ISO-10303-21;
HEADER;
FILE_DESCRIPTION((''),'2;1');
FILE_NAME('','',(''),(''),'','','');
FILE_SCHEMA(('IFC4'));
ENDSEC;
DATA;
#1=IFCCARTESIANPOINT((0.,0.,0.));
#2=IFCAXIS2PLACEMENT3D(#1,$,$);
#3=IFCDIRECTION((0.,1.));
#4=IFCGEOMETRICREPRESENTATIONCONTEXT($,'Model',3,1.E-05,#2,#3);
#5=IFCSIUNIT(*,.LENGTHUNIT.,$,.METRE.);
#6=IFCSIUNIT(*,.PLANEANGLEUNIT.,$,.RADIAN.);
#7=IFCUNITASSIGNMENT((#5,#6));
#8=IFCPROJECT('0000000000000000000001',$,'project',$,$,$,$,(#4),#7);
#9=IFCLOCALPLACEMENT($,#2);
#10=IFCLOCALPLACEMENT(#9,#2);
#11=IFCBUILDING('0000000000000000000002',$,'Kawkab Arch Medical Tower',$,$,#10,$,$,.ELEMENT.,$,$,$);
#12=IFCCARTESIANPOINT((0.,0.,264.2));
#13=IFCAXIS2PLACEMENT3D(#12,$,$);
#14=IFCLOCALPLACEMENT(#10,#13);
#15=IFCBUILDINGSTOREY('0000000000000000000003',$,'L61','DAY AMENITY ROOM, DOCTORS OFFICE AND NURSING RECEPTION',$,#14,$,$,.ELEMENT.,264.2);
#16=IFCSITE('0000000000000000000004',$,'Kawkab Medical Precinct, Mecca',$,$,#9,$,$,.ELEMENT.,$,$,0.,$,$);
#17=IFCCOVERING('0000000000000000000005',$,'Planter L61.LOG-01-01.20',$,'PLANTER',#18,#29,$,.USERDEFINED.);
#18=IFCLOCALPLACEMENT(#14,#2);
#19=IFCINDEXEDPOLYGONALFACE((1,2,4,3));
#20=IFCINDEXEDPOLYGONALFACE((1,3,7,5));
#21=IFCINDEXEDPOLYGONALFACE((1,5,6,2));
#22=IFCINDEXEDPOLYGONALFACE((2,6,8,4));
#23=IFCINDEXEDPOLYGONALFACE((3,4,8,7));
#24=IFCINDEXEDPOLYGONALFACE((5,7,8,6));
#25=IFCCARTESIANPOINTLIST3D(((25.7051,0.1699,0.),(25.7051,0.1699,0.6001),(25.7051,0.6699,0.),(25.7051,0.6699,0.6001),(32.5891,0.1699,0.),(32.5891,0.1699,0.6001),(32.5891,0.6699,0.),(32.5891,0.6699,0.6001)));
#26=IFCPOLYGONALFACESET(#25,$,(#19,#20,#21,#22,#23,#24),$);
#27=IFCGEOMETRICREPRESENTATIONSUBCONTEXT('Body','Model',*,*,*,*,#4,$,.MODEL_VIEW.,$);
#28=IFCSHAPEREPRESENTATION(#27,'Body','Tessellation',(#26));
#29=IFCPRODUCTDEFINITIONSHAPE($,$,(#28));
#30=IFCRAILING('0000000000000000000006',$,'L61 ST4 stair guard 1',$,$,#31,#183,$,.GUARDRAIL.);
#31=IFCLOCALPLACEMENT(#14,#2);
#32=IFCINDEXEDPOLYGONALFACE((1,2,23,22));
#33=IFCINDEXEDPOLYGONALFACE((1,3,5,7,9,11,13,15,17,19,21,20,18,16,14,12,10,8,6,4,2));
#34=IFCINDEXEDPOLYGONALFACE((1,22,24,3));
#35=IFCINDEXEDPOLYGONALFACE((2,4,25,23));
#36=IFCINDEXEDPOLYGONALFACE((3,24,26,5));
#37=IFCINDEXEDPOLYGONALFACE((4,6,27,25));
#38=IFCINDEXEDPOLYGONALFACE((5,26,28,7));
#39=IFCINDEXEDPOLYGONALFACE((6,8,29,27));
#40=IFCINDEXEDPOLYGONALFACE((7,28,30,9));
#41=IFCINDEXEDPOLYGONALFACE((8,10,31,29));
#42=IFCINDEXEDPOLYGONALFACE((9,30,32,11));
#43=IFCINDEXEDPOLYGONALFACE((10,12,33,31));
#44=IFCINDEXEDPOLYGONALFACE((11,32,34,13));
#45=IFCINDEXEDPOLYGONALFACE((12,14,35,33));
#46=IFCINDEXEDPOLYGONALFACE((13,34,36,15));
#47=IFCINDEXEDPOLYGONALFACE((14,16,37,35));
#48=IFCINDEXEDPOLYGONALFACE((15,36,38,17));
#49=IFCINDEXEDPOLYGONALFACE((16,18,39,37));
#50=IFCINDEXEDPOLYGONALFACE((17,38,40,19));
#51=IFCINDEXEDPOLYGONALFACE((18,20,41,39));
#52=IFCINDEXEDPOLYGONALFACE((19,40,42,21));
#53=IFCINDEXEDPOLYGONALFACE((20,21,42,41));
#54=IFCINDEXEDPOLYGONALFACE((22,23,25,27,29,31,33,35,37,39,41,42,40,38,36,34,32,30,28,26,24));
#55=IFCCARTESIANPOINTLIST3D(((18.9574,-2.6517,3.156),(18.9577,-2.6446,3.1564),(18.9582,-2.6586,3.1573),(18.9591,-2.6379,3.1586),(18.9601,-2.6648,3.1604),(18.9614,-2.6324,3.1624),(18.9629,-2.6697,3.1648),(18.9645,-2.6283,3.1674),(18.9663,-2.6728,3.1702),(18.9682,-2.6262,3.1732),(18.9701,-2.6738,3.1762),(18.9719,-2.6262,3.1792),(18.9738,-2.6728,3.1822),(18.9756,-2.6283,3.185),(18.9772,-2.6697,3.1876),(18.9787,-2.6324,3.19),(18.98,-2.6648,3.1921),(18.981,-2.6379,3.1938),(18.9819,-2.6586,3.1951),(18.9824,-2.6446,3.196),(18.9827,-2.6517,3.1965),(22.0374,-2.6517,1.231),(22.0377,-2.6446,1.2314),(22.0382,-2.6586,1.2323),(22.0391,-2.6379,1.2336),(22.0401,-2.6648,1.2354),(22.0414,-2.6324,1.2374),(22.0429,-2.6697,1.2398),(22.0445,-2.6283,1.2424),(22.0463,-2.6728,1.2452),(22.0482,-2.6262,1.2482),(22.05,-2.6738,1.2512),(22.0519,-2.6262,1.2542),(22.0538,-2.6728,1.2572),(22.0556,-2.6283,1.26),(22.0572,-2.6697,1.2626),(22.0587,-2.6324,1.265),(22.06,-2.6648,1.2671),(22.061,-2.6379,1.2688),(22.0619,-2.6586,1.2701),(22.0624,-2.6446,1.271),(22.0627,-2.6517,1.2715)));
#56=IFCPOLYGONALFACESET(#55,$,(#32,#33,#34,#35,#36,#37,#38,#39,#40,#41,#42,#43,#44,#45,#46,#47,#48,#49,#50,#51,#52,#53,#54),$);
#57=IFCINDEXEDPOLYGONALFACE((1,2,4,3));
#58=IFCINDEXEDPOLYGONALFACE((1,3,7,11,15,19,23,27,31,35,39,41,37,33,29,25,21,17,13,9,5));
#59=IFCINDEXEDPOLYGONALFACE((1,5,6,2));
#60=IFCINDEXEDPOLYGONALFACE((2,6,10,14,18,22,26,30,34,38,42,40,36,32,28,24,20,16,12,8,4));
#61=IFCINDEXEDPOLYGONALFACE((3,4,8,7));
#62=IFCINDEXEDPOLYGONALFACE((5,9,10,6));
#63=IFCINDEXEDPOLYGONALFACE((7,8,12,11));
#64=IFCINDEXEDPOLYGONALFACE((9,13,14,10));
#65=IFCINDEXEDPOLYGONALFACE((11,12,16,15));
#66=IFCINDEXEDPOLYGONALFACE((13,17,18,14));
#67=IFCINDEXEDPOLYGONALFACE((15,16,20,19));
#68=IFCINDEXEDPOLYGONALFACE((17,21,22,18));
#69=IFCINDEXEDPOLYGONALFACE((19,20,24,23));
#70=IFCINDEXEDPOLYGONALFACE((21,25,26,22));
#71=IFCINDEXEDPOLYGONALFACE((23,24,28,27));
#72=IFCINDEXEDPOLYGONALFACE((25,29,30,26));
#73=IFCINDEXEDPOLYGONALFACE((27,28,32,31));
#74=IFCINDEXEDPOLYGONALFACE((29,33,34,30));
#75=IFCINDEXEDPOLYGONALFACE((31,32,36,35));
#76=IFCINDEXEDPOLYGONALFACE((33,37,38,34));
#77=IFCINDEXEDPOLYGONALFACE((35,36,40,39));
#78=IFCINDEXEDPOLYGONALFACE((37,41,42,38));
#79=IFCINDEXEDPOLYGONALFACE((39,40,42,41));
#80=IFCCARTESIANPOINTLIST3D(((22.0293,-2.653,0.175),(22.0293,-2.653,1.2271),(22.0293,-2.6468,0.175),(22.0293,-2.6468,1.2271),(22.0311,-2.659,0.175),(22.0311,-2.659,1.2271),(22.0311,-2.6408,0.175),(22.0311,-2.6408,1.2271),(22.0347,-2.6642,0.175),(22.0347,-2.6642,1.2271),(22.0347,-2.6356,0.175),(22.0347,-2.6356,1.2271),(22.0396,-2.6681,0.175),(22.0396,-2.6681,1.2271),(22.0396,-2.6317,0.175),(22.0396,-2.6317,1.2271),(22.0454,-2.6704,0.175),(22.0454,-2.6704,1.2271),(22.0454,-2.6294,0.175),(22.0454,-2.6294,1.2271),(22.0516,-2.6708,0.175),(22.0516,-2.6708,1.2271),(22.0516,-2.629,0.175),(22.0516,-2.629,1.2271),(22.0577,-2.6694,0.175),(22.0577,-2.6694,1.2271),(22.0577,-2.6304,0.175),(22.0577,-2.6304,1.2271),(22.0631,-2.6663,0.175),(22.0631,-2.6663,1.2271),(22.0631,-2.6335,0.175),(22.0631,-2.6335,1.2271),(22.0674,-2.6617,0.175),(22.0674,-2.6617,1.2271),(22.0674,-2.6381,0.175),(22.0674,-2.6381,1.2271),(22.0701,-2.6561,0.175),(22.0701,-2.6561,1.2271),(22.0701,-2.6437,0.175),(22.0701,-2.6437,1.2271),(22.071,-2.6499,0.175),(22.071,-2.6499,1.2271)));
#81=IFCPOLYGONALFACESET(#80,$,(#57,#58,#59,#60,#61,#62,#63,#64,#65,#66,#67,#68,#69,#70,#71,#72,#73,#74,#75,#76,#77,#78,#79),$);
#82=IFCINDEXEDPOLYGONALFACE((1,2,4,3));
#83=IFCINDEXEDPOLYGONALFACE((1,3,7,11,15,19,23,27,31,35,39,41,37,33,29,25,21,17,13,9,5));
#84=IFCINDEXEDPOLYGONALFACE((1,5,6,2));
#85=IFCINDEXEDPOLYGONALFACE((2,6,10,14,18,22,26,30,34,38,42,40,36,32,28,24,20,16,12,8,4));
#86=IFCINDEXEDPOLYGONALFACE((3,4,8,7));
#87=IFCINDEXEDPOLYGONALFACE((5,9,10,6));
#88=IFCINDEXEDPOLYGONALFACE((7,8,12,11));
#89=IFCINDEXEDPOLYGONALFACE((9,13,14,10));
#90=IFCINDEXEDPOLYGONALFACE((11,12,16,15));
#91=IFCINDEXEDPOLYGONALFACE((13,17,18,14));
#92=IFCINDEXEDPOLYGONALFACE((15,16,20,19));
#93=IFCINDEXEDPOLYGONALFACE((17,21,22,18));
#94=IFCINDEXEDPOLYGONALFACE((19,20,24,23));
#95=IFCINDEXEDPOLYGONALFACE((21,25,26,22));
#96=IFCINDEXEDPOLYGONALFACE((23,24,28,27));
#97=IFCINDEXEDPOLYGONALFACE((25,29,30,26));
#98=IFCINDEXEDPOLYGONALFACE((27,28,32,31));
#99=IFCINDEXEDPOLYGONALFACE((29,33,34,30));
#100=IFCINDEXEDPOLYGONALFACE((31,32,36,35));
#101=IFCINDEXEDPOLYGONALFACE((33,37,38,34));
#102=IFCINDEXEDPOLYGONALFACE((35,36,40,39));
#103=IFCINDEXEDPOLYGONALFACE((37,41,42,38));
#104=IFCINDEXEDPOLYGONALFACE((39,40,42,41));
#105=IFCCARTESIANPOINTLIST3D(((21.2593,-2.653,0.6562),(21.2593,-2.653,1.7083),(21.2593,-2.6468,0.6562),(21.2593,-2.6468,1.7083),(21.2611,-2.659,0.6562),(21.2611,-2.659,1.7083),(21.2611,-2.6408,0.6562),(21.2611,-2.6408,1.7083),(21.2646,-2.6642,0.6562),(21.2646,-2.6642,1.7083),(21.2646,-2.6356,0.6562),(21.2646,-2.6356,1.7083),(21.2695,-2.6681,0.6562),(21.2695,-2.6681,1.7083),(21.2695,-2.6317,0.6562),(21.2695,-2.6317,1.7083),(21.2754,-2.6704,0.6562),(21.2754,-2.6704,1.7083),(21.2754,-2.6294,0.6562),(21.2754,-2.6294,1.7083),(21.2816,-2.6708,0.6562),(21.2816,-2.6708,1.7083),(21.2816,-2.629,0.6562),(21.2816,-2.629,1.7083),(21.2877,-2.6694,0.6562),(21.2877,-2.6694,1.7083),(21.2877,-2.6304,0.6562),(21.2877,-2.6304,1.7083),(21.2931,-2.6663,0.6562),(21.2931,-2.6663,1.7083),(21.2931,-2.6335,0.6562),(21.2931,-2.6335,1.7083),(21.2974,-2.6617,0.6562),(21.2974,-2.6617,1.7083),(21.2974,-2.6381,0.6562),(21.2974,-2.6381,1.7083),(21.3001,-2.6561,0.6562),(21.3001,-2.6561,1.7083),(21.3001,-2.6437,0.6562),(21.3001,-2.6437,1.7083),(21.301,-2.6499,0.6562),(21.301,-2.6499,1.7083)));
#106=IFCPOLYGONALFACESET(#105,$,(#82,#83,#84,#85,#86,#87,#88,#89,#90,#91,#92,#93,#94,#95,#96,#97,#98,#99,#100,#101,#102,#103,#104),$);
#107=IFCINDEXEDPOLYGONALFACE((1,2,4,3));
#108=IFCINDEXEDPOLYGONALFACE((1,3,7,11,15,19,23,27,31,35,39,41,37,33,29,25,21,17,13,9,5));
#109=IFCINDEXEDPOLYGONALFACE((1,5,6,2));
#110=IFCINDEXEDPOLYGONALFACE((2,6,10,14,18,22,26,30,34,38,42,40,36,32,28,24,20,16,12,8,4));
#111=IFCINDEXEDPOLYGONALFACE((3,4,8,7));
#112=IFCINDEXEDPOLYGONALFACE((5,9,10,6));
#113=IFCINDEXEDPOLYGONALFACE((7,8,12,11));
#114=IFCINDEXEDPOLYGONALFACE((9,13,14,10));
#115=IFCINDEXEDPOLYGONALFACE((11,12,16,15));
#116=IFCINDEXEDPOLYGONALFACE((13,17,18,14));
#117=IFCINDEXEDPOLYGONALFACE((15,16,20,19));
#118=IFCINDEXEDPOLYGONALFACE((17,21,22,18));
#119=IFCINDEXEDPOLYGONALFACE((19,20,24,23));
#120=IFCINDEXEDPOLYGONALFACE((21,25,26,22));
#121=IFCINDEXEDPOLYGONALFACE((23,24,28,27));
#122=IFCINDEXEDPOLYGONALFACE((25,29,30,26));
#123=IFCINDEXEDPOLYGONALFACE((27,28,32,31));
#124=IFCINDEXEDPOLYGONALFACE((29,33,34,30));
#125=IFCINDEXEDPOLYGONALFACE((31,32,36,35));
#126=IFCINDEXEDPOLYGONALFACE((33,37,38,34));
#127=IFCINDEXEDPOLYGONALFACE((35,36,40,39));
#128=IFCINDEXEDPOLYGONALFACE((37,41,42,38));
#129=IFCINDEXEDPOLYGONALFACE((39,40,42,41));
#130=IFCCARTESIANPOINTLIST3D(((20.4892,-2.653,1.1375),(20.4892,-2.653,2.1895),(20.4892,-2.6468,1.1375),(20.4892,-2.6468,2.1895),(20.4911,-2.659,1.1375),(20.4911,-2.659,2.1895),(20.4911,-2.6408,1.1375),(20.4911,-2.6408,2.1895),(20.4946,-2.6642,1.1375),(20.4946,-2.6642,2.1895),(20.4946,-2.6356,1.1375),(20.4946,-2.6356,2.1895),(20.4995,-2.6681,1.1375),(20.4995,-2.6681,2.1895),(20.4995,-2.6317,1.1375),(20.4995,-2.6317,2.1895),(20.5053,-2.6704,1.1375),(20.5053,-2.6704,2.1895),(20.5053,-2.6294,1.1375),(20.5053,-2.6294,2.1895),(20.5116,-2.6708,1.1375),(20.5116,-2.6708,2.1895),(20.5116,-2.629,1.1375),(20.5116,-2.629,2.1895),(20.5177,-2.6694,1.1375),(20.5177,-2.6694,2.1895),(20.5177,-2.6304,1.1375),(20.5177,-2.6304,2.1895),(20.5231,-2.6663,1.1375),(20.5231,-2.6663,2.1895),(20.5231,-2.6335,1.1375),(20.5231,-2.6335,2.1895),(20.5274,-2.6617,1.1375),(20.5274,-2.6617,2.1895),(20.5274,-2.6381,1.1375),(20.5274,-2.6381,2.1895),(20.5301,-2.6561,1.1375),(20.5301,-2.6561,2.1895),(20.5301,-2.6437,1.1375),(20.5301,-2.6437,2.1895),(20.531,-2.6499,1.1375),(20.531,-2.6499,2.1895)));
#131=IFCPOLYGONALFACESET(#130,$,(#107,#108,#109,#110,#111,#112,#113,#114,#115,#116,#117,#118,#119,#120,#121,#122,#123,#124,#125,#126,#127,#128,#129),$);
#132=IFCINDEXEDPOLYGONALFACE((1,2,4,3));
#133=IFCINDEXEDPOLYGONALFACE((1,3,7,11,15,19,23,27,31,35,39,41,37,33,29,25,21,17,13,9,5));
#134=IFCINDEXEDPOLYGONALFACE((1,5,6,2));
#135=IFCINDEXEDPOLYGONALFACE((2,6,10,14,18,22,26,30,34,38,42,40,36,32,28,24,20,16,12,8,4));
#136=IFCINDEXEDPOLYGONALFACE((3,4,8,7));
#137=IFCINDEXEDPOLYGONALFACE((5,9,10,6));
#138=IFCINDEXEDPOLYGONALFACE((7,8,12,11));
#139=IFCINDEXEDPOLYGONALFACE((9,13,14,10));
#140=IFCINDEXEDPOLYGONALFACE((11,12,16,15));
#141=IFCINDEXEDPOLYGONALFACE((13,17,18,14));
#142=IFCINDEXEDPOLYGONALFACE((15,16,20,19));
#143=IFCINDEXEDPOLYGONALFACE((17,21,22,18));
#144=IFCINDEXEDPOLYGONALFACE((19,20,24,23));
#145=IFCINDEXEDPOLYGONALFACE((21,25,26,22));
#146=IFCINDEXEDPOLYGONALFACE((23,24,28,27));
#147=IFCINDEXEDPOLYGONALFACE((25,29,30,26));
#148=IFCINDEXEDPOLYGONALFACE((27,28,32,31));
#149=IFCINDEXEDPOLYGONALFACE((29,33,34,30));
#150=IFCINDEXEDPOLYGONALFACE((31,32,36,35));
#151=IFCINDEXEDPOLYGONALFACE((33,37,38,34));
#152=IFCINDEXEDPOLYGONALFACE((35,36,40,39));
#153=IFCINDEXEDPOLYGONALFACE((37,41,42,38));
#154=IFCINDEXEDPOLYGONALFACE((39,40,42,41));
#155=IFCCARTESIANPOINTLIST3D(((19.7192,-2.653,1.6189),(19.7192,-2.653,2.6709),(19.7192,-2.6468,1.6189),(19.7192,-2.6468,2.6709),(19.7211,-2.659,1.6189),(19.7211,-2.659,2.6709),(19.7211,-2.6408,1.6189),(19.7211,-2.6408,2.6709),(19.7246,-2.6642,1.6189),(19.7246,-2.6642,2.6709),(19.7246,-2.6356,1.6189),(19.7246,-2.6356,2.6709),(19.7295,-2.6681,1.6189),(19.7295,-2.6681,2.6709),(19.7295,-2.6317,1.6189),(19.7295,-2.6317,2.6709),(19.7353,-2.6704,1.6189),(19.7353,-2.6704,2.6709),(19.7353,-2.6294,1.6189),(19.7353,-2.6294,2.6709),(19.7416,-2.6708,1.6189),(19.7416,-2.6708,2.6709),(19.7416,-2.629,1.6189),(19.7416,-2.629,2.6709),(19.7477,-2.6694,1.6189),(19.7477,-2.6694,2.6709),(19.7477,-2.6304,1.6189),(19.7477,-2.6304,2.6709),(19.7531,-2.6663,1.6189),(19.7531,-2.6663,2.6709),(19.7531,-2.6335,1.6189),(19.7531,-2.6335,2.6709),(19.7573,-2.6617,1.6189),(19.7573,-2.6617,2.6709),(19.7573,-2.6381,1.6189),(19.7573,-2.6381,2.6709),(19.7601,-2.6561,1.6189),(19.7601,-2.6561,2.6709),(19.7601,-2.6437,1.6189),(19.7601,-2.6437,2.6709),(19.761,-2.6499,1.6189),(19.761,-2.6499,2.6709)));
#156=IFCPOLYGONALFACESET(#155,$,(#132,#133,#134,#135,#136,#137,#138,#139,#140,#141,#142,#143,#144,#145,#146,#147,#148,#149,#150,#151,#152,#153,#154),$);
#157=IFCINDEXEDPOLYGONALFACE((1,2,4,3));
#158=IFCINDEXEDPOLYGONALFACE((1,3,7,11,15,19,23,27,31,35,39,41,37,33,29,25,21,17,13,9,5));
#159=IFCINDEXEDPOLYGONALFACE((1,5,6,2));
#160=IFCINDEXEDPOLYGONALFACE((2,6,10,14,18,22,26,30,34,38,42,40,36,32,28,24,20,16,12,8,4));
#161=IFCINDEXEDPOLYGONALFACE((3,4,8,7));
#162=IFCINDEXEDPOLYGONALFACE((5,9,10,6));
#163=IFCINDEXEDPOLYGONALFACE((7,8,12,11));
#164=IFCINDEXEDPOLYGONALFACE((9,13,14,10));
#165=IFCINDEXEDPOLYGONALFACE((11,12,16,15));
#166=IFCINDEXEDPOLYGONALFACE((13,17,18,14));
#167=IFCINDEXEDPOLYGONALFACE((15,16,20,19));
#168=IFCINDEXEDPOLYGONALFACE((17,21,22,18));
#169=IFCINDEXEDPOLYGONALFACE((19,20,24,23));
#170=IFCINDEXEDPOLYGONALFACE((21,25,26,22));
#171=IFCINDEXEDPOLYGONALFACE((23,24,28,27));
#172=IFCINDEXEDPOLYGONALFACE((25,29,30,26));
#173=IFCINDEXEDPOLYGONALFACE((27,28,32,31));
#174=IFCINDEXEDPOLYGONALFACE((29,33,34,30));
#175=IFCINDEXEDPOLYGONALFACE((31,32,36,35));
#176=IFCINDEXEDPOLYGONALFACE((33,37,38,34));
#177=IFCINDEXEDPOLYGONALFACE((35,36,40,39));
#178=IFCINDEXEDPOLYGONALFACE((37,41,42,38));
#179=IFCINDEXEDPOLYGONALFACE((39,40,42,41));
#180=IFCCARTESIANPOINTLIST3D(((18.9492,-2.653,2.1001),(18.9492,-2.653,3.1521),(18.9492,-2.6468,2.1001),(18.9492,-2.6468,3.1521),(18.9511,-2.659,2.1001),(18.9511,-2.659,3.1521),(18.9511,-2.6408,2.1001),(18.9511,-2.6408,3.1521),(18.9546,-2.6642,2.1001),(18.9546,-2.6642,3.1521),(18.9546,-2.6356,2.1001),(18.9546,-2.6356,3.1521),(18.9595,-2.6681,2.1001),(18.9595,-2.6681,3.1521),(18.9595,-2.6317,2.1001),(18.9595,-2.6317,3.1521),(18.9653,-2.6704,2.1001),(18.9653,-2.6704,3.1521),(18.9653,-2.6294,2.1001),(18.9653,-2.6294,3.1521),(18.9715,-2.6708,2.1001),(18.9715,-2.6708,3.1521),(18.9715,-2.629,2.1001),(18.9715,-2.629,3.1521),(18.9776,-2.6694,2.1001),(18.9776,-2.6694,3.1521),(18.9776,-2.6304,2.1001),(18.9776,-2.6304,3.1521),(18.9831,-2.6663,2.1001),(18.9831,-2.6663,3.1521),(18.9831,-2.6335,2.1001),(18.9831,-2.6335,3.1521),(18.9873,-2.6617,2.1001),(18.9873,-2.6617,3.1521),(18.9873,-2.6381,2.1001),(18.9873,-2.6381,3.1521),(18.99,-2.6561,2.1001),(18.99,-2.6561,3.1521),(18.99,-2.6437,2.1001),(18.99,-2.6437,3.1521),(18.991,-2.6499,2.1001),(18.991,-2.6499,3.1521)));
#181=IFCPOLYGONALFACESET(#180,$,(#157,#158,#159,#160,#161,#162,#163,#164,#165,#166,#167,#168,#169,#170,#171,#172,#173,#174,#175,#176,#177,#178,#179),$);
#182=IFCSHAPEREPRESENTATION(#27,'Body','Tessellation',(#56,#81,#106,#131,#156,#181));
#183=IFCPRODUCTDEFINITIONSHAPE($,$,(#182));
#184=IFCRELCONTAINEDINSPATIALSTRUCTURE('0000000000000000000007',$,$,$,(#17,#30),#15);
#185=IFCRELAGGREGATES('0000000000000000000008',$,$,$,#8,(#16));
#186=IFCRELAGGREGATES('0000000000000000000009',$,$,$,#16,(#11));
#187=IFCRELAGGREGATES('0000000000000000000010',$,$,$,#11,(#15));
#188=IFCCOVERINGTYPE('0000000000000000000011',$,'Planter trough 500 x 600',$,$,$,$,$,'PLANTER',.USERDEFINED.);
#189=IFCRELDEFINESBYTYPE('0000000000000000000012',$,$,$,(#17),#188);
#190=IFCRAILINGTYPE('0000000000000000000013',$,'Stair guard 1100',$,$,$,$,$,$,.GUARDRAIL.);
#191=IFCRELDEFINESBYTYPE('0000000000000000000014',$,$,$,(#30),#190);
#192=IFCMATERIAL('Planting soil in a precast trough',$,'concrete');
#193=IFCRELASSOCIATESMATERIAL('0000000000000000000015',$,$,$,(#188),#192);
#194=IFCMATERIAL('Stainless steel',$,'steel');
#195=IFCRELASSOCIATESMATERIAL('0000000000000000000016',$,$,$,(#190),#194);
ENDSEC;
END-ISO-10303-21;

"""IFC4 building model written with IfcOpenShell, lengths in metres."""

from ifc_helpers import new_model, si_unit, direction, frame, origin, origin_2d, place, context, subcontext, project, spatial, rectangle, circle, extrude, material, material_profile, profile_set, type_object, element, save


model = new_model("IFC4")

# Units and contexts
model_context = context("Model", 3, precision=1e-05, world=origin(), true_north=direction((0.0, 1.0)))
body_context = subcontext(model_context, "Body", "Model", "MODEL_VIEW")
ifc_project = project(units=[si_unit("LENGTHUNIT", "METRE"), si_unit("PLANEANGLEUNIT", "RADIAN")], contexts=[model_context])

# Site, building, storey
site_placement = place(None, origin())
site = spatial("IfcSite", under=ifc_project, at=site_placement, Name="Kawkab Medical Precinct, Mecca", CompositionType="ELEMENT", RefElevation=0.0)
building_placement = place(site_placement, origin())
building = spatial("IfcBuilding", under=site, at=building_placement, Name="Kawkab Arch Medical Tower", CompositionType="ELEMENT")
storey_placement = place(building_placement, frame((0.0, 0.0, 264.2)))
storey = spatial("IfcBuildingStorey", under=building, at=storey_placement, Name="L61", Description="DAY AMENITY ROOM, DOCTORS OFFICE AND NURSING RECEPTION", CompositionType="ELEMENT", Elevation=264.2)

# Covering
ifc_material_1 = material(Name="Planting soil in a precast trough", Category="concrete")
ifc_material_profile_1 = material_profile(ifc_material_1, rectangle(XDim=0.5, YDim=0.6001, at=origin_2d()), Name="Trough 500x600")
ifc_profile_set_1 = profile_set([ifc_material_profile_1], Name="Planting soil in a precast trough")
covering_type = type_object("IfcCoveringType", Name="Planter trough 500 x 600", ElementType="PLANTER", PredefinedType="USERDEFINED", material=ifc_profile_set_1)
covering_placement = place(storey_placement, frame((25.7051, 0.4199, 0.3), z_axis=(1.0, 0.0, 0.0), x_axis=(0.0, 1.0, 0.0)))
element("IfcCovering", 1, at=covering_placement, inside=storey, type_object=covering_type, Name="Planter L61.LOG-01-01.20", ObjectType="PLANTER", PredefinedType="USERDEFINED", context=body_context, shape_type="SweptSolid", body=[
    extrude(rectangle(XDim=0.5, YDim=0.6001, at=origin_2d()), origin(), (0.0, 0.0, 1.0), 6.884),
])

# Railing
ifc_material_2 = material(Name="Stainless steel", Category="steel")
railing_type = type_object("IfcRailingType", Name="Stair guard 1100", PredefinedType="GUARDRAIL", material=ifc_material_2)
railing_1_placement = place(storey_placement, frame((22.05, -2.6499, 0.175)))
element("IfcRailing", 2, at=railing_1_placement, inside=storey, type_object=railing_type, Name="L61 ST4 stair guard 1", PredefinedType="GUARDRAIL", context=body_context, shape_type="SweptSolid", body=[
    extrude(circle(Radius=0.0239, at=origin_2d()), frame((0.0, 0.0, 1.0762), z_axis=(-0.847998, 0.0, 0.529999), x_axis=(0.0, -1.0, 0.0)), (0.0, 0.0, 1.0), 3.6321),
    extrude(circle(Radius=0.021, at=origin_2d()), origin(), (0.0, 0.0, 1.0), 1.052),
    extrude(circle(Radius=0.021, at=origin_2d()), frame((-0.77, 0.0, 0.4812)), (0.0, 0.0, 1.0), 1.052),
    extrude(circle(Radius=0.021, at=origin_2d()), frame((-1.54, 0.0, 0.9624)), (0.0, 0.0, 1.0), 1.052),
    extrude(circle(Radius=0.021, at=origin_2d()), frame((-2.3101, 0.0, 1.4438)), (0.0, 0.0, 1.0), 1.052),
    extrude(circle(Radius=0.021, at=origin_2d()), frame((-3.0801, 0.0, 1.925)), (0.0, 0.0, 1.0), 1.052),
])

save(model, "model.ifc")
